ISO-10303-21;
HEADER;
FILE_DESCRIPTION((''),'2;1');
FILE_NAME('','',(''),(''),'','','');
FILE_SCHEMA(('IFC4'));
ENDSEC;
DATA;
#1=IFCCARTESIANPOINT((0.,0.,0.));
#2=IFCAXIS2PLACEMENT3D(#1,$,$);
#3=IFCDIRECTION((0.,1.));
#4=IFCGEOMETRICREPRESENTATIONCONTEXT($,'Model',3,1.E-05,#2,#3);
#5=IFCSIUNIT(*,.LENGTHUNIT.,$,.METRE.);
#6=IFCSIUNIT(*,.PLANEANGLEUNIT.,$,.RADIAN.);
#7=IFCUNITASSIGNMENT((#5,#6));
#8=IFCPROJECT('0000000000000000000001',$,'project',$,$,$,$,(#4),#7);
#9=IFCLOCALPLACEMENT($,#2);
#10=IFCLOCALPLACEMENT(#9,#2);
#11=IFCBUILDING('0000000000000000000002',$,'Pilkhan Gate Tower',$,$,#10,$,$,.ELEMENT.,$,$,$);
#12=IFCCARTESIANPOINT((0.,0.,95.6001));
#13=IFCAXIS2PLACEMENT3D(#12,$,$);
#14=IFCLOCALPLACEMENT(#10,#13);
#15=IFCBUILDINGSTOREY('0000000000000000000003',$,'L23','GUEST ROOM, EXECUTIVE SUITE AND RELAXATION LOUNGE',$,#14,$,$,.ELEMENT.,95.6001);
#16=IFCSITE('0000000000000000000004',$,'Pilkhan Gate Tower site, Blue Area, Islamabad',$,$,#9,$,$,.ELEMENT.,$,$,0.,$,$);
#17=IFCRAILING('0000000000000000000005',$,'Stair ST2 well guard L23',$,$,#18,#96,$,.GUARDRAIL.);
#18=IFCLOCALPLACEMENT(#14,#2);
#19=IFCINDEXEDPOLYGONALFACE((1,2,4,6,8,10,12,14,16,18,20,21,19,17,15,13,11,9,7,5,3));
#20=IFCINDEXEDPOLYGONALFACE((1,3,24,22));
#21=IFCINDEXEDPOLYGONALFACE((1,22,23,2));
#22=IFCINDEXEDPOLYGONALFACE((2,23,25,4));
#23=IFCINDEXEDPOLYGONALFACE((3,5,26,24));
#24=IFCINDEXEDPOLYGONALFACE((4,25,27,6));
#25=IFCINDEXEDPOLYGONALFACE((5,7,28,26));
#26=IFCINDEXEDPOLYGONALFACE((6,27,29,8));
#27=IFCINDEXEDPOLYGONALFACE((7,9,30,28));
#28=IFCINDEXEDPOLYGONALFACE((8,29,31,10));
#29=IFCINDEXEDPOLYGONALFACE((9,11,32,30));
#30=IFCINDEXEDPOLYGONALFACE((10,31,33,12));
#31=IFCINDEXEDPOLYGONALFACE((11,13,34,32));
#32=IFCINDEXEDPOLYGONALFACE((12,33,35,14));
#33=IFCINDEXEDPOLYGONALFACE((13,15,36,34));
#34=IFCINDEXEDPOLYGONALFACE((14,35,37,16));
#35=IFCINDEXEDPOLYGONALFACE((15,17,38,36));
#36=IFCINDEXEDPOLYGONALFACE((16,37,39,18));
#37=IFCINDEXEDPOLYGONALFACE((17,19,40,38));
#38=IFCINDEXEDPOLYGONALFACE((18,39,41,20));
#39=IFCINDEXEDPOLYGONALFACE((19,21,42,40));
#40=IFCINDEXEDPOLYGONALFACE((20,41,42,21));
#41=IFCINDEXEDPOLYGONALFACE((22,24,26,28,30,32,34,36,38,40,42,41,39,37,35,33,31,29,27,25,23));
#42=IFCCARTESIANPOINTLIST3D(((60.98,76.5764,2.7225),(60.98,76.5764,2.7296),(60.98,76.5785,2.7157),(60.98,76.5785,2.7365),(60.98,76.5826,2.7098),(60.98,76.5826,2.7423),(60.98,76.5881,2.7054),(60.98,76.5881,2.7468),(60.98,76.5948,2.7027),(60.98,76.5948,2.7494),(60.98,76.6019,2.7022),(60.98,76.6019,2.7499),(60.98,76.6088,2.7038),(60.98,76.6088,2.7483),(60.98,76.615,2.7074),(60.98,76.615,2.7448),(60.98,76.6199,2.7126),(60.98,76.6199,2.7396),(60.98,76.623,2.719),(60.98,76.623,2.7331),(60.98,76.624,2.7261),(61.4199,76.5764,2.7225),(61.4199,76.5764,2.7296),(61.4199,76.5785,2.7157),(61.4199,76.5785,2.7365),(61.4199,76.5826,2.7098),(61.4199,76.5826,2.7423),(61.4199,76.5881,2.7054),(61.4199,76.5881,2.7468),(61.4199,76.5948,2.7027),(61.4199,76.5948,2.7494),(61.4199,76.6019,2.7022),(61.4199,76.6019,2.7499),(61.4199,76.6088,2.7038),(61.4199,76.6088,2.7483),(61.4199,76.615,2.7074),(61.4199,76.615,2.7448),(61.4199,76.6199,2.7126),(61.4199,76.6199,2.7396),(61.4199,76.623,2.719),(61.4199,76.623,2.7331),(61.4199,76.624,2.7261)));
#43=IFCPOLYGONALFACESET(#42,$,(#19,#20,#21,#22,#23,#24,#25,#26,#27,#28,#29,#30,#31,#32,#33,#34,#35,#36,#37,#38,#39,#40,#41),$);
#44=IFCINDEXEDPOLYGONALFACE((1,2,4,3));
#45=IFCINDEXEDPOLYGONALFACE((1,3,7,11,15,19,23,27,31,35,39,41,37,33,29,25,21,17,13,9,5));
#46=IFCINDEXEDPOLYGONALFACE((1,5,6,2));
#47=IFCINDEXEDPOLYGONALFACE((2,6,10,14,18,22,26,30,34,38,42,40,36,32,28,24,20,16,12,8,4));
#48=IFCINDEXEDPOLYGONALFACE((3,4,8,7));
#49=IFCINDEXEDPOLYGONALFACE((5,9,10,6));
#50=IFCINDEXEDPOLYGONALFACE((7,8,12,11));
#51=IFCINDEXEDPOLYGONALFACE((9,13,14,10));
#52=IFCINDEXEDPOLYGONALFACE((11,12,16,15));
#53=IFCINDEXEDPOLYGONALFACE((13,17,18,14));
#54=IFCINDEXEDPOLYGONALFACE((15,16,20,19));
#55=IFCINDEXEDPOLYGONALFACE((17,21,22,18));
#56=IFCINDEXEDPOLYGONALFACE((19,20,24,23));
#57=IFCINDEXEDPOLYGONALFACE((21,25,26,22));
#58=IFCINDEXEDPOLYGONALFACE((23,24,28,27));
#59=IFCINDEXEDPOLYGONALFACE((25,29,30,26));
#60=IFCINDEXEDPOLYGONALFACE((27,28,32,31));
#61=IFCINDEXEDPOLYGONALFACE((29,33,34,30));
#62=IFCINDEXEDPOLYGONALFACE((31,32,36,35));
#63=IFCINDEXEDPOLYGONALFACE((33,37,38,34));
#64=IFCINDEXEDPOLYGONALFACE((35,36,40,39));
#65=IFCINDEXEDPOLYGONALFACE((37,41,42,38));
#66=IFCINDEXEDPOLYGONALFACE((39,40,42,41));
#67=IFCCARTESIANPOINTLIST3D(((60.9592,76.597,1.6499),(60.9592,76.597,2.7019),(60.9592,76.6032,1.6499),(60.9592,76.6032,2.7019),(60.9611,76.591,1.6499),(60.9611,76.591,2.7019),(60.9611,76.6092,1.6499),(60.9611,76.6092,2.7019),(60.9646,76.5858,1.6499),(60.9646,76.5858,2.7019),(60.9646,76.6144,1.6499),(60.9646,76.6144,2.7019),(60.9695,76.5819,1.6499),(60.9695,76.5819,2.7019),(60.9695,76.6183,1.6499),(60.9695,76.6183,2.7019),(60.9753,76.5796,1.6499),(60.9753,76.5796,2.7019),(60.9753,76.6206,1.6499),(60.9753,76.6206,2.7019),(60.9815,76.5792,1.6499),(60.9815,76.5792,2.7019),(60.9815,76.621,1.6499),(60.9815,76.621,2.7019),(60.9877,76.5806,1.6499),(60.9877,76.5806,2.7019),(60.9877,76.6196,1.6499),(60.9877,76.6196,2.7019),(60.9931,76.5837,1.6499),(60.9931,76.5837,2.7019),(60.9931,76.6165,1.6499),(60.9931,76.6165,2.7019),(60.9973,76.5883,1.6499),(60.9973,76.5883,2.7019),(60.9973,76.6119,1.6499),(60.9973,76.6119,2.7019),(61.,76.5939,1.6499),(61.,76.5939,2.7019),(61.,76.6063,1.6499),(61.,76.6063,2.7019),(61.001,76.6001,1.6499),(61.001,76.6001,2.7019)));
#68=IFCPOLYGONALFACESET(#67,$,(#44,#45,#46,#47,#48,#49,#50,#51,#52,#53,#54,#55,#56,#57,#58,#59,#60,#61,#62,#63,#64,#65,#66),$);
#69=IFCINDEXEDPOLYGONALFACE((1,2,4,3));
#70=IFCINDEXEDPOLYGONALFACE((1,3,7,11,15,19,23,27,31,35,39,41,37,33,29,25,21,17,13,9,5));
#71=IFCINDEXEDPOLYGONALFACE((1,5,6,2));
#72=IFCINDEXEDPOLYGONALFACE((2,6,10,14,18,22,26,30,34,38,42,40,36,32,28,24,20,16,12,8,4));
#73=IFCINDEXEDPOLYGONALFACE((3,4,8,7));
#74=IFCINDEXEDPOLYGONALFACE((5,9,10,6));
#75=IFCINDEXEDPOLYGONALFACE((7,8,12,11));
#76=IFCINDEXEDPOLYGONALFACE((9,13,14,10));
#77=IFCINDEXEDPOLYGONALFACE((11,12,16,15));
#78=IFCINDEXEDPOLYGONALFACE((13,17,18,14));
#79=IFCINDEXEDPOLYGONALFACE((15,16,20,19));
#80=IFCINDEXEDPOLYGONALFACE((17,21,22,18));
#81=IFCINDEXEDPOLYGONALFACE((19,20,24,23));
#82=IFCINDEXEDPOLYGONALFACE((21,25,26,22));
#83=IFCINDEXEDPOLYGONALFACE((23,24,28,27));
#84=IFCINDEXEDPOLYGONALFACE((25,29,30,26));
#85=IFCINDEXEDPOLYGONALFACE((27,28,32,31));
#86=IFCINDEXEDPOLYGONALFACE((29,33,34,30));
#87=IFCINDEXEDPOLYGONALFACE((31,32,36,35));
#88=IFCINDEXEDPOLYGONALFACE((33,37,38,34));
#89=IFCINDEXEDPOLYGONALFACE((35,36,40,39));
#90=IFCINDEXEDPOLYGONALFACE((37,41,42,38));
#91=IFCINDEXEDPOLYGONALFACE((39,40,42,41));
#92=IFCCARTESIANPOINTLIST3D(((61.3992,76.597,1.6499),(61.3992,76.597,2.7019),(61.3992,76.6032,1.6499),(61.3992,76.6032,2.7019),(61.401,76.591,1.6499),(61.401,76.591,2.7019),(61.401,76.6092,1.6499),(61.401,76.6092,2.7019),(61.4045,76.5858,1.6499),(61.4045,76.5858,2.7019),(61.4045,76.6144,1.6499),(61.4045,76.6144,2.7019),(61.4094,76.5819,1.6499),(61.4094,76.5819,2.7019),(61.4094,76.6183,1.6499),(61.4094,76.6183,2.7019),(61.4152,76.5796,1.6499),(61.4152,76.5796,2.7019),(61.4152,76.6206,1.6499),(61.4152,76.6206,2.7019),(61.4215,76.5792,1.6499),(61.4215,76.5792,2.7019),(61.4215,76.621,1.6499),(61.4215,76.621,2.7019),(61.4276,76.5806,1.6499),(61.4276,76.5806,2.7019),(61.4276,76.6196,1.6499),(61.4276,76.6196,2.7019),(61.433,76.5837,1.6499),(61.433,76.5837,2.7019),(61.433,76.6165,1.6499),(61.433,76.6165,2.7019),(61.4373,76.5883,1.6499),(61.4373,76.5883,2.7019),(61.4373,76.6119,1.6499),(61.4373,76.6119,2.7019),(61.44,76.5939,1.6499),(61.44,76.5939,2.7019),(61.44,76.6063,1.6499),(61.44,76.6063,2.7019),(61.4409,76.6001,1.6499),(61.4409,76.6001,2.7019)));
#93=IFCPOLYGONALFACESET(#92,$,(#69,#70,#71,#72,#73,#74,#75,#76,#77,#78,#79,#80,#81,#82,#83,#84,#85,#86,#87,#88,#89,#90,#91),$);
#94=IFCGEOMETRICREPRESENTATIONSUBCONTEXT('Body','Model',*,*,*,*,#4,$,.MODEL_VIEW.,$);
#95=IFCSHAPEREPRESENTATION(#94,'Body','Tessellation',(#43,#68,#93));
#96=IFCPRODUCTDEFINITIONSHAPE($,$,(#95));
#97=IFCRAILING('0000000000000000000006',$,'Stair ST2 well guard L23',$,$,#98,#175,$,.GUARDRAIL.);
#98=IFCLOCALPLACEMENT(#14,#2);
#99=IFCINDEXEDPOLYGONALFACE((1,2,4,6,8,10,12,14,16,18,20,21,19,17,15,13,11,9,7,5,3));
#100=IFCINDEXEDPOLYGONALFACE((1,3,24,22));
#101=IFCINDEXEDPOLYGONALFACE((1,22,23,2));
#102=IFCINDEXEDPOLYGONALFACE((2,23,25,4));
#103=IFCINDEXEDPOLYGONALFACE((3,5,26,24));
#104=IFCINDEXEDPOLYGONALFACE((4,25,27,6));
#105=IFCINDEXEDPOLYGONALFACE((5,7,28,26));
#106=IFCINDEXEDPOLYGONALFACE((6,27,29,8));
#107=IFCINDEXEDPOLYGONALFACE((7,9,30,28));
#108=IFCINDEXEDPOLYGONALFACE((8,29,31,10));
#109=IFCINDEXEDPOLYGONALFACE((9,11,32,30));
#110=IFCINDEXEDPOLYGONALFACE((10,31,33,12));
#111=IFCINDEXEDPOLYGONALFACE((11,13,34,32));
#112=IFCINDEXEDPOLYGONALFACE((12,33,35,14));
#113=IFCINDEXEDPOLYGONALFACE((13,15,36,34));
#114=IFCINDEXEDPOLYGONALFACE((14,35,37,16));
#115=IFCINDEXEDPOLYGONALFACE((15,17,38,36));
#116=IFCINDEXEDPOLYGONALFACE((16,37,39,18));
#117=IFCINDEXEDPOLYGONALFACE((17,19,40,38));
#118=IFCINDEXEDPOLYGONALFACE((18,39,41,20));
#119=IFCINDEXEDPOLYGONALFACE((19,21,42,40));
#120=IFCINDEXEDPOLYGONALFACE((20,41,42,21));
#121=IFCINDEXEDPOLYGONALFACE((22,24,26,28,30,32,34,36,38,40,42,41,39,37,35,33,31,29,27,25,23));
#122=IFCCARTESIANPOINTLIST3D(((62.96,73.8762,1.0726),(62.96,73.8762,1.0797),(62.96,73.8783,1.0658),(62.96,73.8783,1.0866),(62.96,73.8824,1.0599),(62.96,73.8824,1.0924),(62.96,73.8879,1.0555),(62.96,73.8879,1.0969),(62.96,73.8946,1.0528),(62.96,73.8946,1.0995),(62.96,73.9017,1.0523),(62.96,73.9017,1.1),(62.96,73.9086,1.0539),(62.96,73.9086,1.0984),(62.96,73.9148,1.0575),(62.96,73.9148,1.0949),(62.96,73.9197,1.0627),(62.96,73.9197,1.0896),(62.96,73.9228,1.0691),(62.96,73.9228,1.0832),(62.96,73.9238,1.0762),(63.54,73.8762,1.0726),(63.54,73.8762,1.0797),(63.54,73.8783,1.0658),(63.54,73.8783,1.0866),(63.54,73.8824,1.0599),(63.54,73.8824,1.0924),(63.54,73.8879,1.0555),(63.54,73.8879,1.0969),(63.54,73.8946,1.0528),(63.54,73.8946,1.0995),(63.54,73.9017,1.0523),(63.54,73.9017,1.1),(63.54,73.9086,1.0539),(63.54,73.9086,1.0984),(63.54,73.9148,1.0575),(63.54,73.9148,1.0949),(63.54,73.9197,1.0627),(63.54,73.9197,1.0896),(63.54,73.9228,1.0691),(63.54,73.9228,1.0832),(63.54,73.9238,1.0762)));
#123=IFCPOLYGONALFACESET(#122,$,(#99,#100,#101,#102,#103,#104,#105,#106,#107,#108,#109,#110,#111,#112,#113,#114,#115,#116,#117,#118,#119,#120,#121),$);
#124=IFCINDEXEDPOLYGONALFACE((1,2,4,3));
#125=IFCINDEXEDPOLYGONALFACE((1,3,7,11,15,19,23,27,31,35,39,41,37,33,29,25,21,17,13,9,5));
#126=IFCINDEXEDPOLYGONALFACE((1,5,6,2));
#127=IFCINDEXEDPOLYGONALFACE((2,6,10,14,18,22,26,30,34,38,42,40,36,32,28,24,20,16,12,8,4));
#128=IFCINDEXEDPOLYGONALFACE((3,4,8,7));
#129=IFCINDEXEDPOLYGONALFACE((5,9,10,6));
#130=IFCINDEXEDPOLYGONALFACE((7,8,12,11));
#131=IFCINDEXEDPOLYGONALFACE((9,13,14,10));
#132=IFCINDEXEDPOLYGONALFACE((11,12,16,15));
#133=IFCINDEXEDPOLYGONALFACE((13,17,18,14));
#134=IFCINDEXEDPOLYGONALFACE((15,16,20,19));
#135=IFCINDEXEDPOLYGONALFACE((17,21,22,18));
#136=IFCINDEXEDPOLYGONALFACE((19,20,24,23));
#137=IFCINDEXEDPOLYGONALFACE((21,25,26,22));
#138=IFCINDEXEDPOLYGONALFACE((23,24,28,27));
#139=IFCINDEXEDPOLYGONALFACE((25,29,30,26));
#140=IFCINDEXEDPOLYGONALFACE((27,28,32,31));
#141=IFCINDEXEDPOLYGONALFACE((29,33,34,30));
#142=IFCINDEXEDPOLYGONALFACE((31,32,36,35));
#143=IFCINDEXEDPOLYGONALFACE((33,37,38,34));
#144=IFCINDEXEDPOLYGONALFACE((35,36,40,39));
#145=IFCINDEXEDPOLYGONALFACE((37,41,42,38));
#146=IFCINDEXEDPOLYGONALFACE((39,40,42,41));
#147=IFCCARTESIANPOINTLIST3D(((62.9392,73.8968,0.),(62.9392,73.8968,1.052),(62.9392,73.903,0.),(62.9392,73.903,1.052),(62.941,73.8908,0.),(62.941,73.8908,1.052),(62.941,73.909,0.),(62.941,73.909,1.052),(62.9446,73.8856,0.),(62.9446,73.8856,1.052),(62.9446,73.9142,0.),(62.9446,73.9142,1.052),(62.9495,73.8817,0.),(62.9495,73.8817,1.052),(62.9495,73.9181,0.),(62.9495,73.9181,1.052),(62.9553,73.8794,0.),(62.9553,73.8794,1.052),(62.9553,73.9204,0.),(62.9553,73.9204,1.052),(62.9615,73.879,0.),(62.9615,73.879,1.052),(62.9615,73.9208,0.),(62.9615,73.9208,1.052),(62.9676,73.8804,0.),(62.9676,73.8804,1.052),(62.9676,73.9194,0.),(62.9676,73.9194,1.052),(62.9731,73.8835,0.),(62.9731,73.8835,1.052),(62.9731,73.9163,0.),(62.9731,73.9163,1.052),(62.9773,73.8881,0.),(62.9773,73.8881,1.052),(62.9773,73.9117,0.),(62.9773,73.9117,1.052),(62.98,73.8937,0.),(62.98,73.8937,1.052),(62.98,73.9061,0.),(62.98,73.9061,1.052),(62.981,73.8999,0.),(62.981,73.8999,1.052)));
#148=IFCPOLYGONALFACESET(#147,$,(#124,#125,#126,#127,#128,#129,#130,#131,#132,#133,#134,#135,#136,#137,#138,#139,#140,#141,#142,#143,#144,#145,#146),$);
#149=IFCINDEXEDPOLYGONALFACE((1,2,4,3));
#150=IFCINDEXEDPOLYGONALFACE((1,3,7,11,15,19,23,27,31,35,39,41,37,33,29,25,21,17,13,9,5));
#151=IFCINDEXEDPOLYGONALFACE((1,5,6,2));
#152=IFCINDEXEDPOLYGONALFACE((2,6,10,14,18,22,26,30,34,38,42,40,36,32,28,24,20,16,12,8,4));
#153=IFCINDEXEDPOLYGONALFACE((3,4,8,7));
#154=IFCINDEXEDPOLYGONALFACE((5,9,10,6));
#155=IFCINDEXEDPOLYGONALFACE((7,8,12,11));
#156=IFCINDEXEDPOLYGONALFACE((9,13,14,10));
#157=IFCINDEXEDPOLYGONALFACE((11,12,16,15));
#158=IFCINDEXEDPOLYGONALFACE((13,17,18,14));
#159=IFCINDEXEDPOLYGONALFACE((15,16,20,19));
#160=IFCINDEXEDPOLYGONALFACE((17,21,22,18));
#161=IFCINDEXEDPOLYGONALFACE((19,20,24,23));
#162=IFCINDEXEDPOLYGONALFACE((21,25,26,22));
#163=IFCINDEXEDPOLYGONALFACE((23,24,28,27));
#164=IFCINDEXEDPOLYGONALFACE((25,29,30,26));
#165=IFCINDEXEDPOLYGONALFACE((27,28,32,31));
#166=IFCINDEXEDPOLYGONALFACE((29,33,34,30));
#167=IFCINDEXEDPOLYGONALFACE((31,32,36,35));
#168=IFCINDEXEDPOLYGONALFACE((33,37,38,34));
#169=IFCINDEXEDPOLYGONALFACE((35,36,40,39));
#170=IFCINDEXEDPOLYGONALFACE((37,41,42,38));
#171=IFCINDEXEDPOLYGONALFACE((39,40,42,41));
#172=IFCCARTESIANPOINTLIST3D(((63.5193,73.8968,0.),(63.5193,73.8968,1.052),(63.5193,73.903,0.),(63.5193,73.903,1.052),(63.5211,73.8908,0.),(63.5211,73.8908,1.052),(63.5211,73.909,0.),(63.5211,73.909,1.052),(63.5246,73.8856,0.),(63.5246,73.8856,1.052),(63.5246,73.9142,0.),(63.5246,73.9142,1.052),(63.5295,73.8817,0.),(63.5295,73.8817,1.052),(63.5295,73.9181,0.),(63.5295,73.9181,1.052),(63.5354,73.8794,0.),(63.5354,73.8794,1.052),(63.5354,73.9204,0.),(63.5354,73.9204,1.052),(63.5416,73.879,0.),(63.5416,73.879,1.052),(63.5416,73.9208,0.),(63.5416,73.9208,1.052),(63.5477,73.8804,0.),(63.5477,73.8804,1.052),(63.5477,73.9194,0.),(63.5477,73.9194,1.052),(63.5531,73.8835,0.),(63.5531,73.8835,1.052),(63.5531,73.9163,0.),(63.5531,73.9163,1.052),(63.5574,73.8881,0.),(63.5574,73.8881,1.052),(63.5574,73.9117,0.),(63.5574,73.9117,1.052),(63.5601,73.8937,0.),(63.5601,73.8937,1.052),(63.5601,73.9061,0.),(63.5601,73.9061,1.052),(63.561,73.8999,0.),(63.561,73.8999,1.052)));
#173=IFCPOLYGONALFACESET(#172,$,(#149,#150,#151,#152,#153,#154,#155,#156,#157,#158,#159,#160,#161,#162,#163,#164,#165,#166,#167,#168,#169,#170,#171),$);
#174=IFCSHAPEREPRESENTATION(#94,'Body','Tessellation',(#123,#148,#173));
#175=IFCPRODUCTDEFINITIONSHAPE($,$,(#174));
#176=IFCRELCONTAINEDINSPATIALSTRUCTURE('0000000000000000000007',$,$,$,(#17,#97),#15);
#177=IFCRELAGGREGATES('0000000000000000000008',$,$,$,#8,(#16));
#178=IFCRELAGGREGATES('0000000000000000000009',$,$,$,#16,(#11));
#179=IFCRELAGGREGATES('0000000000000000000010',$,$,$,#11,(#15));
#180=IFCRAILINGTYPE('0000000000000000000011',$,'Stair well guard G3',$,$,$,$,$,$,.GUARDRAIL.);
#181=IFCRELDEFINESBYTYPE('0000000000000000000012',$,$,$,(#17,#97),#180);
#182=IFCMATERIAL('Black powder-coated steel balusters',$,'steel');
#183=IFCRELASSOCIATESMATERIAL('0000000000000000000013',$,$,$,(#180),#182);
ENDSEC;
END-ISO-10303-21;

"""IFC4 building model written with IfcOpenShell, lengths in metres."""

from ifc_helpers import new_model, si_unit, direction, frame, origin, origin_2d, place, context, subcontext, project, spatial, circle, extrude, material, type_object, element, save


model = new_model("IFC4")

# Units and contexts
model_context = context("Model", 3, precision=1e-05, world=origin(), true_north=direction((0.0, 1.0)))
body_context = subcontext(model_context, "Body", "Model", "MODEL_VIEW")
ifc_project = project(units=[si_unit("LENGTHUNIT", "METRE"), si_unit("PLANEANGLEUNIT", "RADIAN")], contexts=[model_context])

# Site, building, storey
site_placement = place(None, origin())
site = spatial("IfcSite", under=ifc_project, at=site_placement, Name="Pilkhan Gate Tower site, Blue Area, Islamabad", CompositionType="ELEMENT", RefElevation=0.0)
building_placement = place(site_placement, origin())
building = spatial("IfcBuilding", under=site, at=building_placement, Name="Pilkhan Gate Tower", CompositionType="ELEMENT")
storey_placement = place(building_placement, frame((0.0, 0.0, 95.6001)))
storey = spatial("IfcBuildingStorey", under=building, at=storey_placement, Name="L23", Description="GUEST ROOM, EXECUTIVE SUITE AND RELAXATION LOUNGE", CompositionType="ELEMENT", Elevation=95.6001)

# Railings
ifc_material_1 = material(Name="Black powder-coated steel balusters", Category="steel")
railing_type_1 = type_object("IfcRailingType", Name="Stair well guard G3", PredefinedType="GUARDRAIL", material=ifc_material_1)
railing_1_placement = place(storey_placement, frame((60.98, 76.6001, 1.6499)))
element("IfcRailing", 1, at=railing_1_placement, inside=storey, type_object=railing_type_1, Name="Stair ST2 well guard L23", PredefinedType="GUARDRAIL", context=body_context, shape_type="SweptSolid", body=[
    extrude(circle(Radius=0.0239, at=origin_2d()), frame((0.0, 0.0, 1.0762), z_axis=(1.0, 0.0, 0.0), x_axis=(0.0, 1.0, 0.0)), (0.0, 0.0, 1.0), 0.4399),
    extrude(circle(Radius=0.021, at=origin_2d()), origin(), (0.0, 0.0, 1.0), 1.052),
    extrude(circle(Radius=0.021, at=origin_2d()), frame((0.4399, 0.0, 0.0)), (0.0, 0.0, 1.0), 1.052),
])
for number, where, name in (
    (2, (62.96, 73.8999, 0.0), "Stair ST2 well guard L23"),
):
    element("IfcRailing", number, at=place(storey_placement, frame(where)), inside=storey, type_object=railing_type_1, Name=name, PredefinedType="GUARDRAIL", context=body_context, shape_type="SweptSolid", body=[
        extrude(circle(Radius=0.0239, at=origin_2d()), frame((0.0, 0.0, 1.0762), z_axis=(1.0, 0.0, 0.0), x_axis=(0.0, 1.0, 0.0)), (0.0, 0.0, 1.0), 0.5801),
        extrude(circle(Radius=0.021, at=origin_2d()), origin(), (0.0, 0.0, 1.0), 1.052),
        extrude(circle(Radius=0.021, at=origin_2d()), frame((0.5801, 0.0, 0.0)), (0.0, 0.0, 1.0), 1.052),
    ])

save(model, "model.ifc")
